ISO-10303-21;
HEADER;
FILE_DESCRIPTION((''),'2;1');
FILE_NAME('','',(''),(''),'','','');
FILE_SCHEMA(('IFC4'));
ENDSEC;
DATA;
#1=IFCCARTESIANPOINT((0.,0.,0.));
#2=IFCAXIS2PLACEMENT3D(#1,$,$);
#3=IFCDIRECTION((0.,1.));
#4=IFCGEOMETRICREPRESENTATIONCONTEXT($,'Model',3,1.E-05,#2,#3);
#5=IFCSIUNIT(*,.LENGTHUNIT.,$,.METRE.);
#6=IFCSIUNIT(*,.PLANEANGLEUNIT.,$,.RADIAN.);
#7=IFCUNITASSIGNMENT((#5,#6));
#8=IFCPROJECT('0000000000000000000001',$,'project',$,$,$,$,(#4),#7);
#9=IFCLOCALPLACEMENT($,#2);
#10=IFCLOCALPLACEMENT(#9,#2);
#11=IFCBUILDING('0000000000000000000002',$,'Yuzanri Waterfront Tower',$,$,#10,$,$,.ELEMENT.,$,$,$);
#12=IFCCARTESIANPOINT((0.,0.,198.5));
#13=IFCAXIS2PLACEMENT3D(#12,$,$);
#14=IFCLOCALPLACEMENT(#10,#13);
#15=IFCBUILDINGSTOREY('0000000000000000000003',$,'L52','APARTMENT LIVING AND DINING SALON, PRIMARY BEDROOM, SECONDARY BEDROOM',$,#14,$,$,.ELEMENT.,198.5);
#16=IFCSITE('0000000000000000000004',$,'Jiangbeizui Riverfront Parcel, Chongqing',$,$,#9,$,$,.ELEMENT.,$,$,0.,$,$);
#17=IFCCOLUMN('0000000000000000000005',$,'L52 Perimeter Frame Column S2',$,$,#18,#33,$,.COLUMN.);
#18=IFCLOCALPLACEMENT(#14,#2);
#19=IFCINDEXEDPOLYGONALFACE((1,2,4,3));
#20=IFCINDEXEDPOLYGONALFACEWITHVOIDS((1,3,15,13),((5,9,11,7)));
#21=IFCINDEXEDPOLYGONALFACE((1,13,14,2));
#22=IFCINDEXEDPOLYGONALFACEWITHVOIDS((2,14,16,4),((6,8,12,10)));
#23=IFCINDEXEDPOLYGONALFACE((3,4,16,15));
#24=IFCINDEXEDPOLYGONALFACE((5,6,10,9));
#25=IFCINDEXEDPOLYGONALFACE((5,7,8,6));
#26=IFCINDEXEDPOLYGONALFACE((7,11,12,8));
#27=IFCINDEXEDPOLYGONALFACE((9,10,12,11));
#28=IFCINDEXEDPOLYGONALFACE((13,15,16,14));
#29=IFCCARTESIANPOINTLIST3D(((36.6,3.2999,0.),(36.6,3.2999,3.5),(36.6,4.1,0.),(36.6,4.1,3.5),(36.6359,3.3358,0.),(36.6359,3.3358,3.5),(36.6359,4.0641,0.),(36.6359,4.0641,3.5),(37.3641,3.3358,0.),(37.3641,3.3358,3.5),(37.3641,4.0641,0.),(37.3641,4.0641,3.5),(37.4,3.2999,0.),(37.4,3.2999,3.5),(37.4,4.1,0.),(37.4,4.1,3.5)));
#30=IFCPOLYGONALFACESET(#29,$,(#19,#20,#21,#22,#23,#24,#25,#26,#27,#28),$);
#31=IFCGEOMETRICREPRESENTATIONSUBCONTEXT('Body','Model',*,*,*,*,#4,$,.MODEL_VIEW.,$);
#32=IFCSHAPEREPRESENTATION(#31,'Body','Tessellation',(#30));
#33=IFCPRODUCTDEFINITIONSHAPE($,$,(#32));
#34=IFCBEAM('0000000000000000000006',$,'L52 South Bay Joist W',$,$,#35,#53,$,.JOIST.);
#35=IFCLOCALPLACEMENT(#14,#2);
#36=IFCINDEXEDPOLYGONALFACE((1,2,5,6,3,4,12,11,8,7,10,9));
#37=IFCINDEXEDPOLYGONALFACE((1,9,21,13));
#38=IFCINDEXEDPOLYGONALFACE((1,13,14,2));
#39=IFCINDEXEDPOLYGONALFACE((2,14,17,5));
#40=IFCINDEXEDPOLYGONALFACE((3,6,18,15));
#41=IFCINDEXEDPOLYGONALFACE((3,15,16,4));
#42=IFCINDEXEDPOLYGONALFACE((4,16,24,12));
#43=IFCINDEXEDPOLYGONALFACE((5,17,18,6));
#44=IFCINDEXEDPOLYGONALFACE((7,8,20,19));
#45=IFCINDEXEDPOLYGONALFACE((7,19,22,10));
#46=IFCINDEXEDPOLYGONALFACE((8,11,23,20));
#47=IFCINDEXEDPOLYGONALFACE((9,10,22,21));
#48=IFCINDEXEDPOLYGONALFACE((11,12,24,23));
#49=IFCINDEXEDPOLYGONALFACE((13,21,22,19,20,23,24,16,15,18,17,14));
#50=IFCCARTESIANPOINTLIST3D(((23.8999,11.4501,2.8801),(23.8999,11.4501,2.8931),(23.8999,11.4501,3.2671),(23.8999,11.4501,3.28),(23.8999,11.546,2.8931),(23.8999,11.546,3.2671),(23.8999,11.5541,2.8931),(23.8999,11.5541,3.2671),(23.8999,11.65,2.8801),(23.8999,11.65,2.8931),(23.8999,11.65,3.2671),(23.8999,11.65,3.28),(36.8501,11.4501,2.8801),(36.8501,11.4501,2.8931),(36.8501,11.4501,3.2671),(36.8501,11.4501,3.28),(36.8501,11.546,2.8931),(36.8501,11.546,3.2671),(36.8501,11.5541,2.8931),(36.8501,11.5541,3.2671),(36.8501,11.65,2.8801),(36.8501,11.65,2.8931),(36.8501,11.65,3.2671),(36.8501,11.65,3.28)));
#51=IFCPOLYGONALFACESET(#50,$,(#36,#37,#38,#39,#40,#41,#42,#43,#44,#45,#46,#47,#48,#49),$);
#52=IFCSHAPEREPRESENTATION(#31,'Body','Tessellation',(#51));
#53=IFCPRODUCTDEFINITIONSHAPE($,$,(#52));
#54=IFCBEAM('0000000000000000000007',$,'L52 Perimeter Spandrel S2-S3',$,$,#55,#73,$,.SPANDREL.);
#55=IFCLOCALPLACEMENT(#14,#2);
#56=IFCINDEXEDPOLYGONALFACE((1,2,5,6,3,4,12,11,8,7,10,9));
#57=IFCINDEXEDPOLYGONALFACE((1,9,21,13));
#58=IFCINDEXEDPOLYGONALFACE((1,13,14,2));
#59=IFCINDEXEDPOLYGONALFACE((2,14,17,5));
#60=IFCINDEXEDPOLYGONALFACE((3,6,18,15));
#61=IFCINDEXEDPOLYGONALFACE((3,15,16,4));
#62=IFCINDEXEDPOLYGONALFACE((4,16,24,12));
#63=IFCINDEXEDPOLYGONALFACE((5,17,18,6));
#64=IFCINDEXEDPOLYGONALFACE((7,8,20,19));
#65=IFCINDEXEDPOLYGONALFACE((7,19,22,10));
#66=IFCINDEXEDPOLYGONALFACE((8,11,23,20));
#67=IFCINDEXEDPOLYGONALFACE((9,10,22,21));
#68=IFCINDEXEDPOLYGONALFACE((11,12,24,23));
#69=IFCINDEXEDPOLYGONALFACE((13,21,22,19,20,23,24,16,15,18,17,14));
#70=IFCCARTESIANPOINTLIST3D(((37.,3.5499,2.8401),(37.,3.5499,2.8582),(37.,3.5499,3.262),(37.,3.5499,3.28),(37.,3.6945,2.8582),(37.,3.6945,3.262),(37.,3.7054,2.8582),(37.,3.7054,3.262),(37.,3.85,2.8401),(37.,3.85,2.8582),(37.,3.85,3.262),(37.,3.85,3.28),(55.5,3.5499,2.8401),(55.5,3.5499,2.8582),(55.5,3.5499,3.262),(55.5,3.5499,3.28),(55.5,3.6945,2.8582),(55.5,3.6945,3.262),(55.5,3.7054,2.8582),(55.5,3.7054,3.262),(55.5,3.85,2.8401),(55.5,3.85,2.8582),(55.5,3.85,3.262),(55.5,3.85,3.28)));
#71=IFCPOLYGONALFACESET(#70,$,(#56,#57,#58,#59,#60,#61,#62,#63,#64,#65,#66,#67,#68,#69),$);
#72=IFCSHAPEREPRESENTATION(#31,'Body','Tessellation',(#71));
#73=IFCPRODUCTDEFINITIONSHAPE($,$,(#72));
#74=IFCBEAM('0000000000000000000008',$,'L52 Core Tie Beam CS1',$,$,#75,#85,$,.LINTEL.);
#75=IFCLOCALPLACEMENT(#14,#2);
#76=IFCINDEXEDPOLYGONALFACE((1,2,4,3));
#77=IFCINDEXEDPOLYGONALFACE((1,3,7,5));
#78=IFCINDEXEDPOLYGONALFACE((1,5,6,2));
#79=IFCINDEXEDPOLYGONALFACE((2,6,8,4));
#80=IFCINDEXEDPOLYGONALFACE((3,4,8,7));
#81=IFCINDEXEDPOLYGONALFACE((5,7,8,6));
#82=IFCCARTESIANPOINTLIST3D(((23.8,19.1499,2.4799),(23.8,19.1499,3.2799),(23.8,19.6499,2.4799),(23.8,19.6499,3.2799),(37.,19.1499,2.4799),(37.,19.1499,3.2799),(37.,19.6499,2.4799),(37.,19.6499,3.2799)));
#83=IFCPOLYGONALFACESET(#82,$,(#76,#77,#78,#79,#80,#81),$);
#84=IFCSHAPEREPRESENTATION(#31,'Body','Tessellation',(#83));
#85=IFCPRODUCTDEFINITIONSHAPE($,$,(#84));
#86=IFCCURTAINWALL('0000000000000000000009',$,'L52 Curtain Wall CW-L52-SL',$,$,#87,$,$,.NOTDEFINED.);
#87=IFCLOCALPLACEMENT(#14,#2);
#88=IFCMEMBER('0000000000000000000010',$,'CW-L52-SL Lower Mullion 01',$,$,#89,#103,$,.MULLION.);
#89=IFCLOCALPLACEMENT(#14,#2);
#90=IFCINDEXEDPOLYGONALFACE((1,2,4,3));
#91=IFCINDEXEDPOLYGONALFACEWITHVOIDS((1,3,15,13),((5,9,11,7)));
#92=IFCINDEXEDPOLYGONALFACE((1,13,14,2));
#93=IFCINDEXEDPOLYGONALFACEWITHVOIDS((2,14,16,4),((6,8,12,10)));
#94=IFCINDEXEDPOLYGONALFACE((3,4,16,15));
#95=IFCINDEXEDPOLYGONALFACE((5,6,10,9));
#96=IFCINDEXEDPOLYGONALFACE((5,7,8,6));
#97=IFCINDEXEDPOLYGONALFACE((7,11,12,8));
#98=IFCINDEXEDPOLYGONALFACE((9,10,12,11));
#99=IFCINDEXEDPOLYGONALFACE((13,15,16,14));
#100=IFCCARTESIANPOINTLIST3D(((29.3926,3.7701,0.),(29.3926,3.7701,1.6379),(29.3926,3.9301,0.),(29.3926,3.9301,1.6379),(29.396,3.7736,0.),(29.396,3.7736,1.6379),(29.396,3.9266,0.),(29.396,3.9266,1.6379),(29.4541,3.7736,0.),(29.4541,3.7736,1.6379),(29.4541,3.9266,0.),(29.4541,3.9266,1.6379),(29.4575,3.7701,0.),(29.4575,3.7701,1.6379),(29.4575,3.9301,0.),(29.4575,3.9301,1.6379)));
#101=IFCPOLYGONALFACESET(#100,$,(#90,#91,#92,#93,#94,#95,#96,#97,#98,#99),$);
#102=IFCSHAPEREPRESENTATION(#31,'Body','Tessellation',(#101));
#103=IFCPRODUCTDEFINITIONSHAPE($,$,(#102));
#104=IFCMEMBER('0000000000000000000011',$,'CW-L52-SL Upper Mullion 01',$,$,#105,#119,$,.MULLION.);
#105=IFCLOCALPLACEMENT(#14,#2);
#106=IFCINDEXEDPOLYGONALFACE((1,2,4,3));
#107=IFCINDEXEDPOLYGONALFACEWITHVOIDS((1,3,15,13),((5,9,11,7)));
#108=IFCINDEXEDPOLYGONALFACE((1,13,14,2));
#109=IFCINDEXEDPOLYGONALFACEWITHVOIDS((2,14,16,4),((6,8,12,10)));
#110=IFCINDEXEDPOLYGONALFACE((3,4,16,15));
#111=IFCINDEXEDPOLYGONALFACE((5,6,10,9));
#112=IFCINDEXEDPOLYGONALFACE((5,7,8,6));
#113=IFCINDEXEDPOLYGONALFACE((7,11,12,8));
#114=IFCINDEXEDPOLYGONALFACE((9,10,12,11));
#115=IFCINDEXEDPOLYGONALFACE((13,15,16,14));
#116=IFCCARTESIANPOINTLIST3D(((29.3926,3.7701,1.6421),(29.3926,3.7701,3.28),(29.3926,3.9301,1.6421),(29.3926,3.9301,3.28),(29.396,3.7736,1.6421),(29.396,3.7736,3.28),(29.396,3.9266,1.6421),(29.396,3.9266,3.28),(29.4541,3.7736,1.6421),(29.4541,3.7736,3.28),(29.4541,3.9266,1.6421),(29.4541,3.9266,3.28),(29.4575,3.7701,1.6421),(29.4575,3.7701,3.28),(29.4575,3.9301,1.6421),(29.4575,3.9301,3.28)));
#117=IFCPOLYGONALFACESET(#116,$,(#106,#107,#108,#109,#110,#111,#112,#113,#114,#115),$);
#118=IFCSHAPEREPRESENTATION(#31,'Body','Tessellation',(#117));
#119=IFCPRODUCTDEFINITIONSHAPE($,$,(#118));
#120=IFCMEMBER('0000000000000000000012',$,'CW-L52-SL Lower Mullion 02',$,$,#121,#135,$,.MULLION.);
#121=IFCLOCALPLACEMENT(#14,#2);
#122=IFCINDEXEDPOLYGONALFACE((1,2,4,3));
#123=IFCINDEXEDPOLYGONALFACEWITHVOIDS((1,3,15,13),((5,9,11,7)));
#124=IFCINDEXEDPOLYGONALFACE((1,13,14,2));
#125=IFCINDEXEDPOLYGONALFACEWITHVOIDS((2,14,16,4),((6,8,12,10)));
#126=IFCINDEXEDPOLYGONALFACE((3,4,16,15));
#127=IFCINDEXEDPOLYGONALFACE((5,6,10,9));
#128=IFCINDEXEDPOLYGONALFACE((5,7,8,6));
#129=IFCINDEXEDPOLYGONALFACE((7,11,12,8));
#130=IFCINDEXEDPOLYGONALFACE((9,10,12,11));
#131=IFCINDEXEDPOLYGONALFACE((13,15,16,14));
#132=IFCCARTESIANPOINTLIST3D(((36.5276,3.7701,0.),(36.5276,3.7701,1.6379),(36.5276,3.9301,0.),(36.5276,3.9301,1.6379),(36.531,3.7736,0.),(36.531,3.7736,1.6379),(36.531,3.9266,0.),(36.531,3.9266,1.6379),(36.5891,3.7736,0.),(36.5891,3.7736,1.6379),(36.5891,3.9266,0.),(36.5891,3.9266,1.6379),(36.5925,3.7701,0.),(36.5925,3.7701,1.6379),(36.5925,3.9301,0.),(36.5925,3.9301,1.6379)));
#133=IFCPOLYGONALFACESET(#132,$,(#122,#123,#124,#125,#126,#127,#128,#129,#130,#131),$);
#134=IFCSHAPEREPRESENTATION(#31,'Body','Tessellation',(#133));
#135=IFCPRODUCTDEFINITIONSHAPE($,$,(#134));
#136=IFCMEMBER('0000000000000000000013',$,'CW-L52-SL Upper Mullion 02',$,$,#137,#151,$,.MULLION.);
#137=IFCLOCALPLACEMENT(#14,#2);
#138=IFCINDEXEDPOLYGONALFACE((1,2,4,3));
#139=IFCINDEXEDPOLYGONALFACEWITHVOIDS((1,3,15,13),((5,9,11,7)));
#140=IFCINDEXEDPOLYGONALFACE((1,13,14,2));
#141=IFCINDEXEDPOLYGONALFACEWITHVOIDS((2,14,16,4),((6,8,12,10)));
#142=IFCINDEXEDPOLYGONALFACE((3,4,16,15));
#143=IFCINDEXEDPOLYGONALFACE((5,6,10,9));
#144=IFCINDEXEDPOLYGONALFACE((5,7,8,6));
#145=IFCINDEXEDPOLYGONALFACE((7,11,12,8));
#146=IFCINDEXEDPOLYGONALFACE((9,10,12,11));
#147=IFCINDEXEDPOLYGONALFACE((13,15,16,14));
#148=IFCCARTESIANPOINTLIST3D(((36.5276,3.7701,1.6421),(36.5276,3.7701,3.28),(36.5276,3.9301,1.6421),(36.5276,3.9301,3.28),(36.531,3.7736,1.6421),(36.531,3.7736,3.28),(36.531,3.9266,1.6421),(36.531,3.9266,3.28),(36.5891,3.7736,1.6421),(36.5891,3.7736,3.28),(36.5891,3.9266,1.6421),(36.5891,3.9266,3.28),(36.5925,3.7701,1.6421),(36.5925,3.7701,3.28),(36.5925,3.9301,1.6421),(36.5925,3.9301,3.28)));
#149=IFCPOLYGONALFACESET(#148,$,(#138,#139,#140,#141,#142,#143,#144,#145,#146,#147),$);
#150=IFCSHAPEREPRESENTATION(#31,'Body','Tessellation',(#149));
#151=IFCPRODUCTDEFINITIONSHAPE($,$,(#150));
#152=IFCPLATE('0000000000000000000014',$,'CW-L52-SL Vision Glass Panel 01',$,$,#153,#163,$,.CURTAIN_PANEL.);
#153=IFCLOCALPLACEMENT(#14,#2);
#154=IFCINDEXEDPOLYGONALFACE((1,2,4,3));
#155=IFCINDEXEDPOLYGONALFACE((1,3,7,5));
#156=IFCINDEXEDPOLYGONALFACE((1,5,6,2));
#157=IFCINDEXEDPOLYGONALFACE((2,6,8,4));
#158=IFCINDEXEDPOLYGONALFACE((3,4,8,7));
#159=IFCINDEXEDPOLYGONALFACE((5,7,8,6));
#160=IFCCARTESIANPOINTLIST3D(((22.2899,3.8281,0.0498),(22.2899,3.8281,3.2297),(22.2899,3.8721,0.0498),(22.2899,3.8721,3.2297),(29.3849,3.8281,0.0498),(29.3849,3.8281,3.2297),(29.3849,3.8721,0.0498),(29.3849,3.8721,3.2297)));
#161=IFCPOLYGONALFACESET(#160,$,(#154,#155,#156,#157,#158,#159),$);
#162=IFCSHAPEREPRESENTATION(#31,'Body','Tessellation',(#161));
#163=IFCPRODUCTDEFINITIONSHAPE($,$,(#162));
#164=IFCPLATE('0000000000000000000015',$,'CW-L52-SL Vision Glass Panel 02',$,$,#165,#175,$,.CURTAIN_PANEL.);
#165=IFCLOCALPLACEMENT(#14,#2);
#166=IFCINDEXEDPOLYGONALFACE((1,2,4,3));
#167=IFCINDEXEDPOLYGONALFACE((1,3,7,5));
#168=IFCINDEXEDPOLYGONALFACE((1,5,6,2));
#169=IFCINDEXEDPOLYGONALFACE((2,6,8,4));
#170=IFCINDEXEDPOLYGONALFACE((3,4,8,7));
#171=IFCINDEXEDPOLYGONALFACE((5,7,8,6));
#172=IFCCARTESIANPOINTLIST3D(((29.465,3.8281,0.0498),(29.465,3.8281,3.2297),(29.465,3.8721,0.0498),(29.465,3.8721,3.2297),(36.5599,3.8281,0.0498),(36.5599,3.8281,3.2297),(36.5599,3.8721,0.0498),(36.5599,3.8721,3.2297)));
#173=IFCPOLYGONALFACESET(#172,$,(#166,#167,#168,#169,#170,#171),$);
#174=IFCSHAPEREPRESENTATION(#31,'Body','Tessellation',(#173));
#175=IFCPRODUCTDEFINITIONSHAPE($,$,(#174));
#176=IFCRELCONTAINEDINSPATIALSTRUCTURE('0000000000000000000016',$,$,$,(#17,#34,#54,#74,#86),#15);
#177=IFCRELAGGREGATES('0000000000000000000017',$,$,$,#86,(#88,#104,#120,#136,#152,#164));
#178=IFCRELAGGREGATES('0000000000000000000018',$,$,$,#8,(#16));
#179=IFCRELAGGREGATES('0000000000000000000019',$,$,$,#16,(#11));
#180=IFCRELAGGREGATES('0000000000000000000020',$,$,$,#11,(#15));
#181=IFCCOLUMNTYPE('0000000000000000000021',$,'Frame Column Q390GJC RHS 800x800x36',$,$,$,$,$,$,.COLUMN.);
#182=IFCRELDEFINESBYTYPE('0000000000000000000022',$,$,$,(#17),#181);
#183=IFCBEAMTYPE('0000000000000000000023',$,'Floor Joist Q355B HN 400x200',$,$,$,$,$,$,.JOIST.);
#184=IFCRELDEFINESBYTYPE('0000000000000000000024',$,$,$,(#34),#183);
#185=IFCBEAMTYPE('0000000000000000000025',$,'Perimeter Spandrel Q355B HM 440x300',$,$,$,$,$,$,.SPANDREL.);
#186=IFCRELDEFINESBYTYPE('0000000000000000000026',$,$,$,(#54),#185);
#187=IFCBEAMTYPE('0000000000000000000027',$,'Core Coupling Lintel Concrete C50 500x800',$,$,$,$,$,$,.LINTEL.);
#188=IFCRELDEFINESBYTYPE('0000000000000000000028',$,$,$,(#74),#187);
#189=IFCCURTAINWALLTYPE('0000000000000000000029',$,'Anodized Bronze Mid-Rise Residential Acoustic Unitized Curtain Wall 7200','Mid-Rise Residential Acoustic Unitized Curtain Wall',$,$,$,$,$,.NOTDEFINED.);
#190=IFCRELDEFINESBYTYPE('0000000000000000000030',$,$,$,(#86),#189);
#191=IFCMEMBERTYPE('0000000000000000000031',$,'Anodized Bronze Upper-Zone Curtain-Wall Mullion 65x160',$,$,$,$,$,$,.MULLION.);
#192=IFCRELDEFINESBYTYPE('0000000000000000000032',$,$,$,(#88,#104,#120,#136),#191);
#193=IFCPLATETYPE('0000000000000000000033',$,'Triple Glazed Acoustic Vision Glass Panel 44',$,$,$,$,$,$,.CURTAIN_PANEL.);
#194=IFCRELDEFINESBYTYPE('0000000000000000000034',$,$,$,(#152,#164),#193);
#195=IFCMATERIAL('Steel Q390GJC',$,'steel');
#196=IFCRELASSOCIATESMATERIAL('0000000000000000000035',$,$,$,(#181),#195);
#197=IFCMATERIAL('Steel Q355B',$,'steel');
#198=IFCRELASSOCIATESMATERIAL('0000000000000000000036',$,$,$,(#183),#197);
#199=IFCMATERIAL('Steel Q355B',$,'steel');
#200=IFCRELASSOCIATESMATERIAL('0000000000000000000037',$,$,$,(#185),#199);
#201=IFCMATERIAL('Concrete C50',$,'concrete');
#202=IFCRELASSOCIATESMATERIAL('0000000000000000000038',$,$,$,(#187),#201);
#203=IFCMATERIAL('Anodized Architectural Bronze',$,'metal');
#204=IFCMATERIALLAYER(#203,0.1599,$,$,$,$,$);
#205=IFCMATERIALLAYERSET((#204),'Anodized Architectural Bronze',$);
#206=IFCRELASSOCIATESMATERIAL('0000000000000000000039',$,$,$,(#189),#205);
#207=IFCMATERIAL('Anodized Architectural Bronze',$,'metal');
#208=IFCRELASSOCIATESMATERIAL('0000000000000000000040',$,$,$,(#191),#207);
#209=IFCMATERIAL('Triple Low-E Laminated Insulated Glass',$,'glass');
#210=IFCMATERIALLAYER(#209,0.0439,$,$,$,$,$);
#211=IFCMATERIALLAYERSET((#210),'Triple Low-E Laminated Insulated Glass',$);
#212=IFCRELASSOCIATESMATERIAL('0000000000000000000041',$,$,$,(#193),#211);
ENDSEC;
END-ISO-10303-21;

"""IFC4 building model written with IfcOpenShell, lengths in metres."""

from ifc_helpers import new_model, si_unit, direction, frame, origin, origin_2d, place, context, subcontext, project, spatial, rectangle, hollow_rectangle, i_section, extrude, source, transform, mapped, material, layer, layer_set, material_profile, profile_set, type_object, element, aggregate, save


model = new_model("IFC4")

# Units and contexts
model_context = context("Model", 3, precision=1e-05, world=origin(), true_north=direction((0.0, 1.0)))
body_context = subcontext(model_context, "Body", "Model", "MODEL_VIEW")
ifc_project = project(units=[si_unit("LENGTHUNIT", "METRE"), si_unit("PLANEANGLEUNIT", "RADIAN")], contexts=[model_context])

# Site, building, storey
site_placement = place(None, origin())
site = spatial("IfcSite", under=ifc_project, at=site_placement, Name="Jiangbeizui Riverfront Parcel, Chongqing", CompositionType="ELEMENT", RefElevation=0.0)
building_placement = place(site_placement, origin())
building = spatial("IfcBuilding", under=site, at=building_placement, Name="Yuzanri Waterfront Tower", CompositionType="ELEMENT")
storey_placement = place(building_placement, frame((0.0, 0.0, 198.5)))
storey = spatial("IfcBuildingStorey", under=building, at=storey_placement, Name="L52", Description="APARTMENT LIVING AND DINING SALON, PRIMARY BEDROOM, SECONDARY BEDROOM", CompositionType="ELEMENT", Elevation=198.5)

# Column
ifc_material_1 = material(Name="Steel Q390GJC", Category="steel")
ifc_material_profile_1 = material_profile(ifc_material_1, hollow_rectangle(XDim=0.8, YDim=0.8, WallThickness=0.0359, at=origin_2d()), Name="RHS 800x800x36")
ifc_profile_set_1 = profile_set([ifc_material_profile_1], Name="Steel Q390GJC")
column_type = type_object("IfcColumnType", Name="Frame Column Q390GJC RHS 800x800x36", PredefinedType="COLUMN", material=ifc_profile_set_1)
shared_shape_1 = source(origin(), body_context, "Body", "SweptSolid", [
    extrude(hollow_rectangle(XDim=0.8, YDim=0.8, WallThickness=0.0359, at=origin_2d()), origin(), (0.0, 0.0, 1.0), 3.5),
])
column_placement = place(storey_placement, frame((37.0, 3.7, 0.0), z_axis=(0.0, 0.0, 1.0), x_axis=(1.0, 0.0, 0.0)))
element("IfcColumn", 1, at=column_placement, inside=storey, type_object=column_type, Name="L52 Perimeter Frame Column S2", PredefinedType="COLUMN", context=body_context, shape_type="MappedRepresentation", body=[
    mapped(shared_shape_1, transform((0.0, 0.0, 0.0), scale=1.0)),
])

# Beams
ifc_material_2 = material(Name="Steel Q355B", Category="steel")
ifc_material_profile_2 = material_profile(ifc_material_2, i_section(OverallWidth=0.2, OverallDepth=0.3999, WebThickness=0.0081, FlangeThickness=0.0129, at=origin_2d()), Name="HN 400x200x8x13")
ifc_profile_set_2 = profile_set([ifc_material_profile_2], Name="Steel Q355B")
beam_type_1 = type_object("IfcBeamType", Name="Floor Joist Q355B HN 400x200", PredefinedType="JOIST", material=ifc_profile_set_2)
shared_shape_2 = source(origin(), body_context, "Body", "SweptSolid", [
    extrude(i_section(OverallWidth=0.2, OverallDepth=0.3999, WebThickness=0.0081, FlangeThickness=0.0129, at=origin_2d()), origin(), (0.0, 0.0, 1.0), 12.9502),
])
beam_1_placement = place(storey_placement, frame((23.8999, 11.55, 3.0801), z_axis=(1.0, 0.0, 0.0), x_axis=(0.0, 1.0, 0.0)))
element("IfcBeam", 2, at=beam_1_placement, inside=storey, type_object=beam_type_1, Name="L52 South Bay Joist W", PredefinedType="JOIST", context=body_context, shape_type="MappedRepresentation", body=[
    mapped(shared_shape_2, transform((0.0, 0.0, 0.0), scale=1.0)),
])
ifc_material_3 = material(Name="Steel Q355B", Category="steel")
ifc_material_profile_3 = material_profile(ifc_material_3, i_section(OverallWidth=0.3, OverallDepth=0.4399, WebThickness=0.011, FlangeThickness=0.0181, at=origin_2d()), Name="HM 440x300x11x18")
ifc_profile_set_3 = profile_set([ifc_material_profile_3], Name="Steel Q355B")
beam_type_2 = type_object("IfcBeamType", Name="Perimeter Spandrel Q355B HM 440x300", PredefinedType="SPANDREL", material=ifc_profile_set_3)
shared_shape_3 = source(origin(), body_context, "Body", "SweptSolid", [
    extrude(i_section(OverallWidth=0.3, OverallDepth=0.4399, WebThickness=0.011, FlangeThickness=0.0181, at=origin_2d()), origin(), (0.0, 0.0, 1.0), 18.5),
])
beam_2_placement = place(storey_placement, frame((37.0, 3.7, 3.0601), z_axis=(1.0, 0.0, 0.0), x_axis=(0.0, 1.0, 0.0)))
element("IfcBeam", 3, at=beam_2_placement, inside=storey, type_object=beam_type_2, Name="L52 Perimeter Spandrel S2-S3", PredefinedType="SPANDREL", context=body_context, shape_type="MappedRepresentation", body=[
    mapped(shared_shape_3, transform((0.0, 0.0, 0.0), scale=1.0)),
])
ifc_material_4 = material(Name="Concrete C50", Category="concrete")
ifc_material_profile_4 = material_profile(ifc_material_4, rectangle(XDim=0.5, YDim=0.8, at=origin_2d()), Name="RC 500x800")
ifc_profile_set_4 = profile_set([ifc_material_profile_4], Name="Concrete C50")
beam_type_3 = type_object("IfcBeamType", Name="Core Coupling Lintel Concrete C50 500x800", PredefinedType="LINTEL", material=ifc_profile_set_4)
shared_shape_4 = source(origin(), body_context, "Body", "SweptSolid", [
    extrude(rectangle(XDim=0.5, YDim=0.8, at=origin_2d()), origin(), (0.0, 0.0, 1.0), 13.2),
])
beam_3_placement = place(storey_placement, frame((23.8, 19.3999, 2.8799), z_axis=(1.0, 0.0, 0.0), x_axis=(0.0, 1.0, 0.0)))
element("IfcBeam", 4, at=beam_3_placement, inside=storey, type_object=beam_type_3, Name="L52 Core Tie Beam CS1", PredefinedType="LINTEL", context=body_context, shape_type="MappedRepresentation", body=[
    mapped(shared_shape_4, transform((0.0, 0.0, 0.0), scale=1.0)),
])

# Curtain wall, members, plates
ifc_material_5 = material(Name="Anodized Architectural Bronze", Category="metal")
ifc_layer_1 = layer(ifc_material_5, 0.1599)
ifc_layer_set_1 = layer_set([ifc_layer_1], Name="Anodized Architectural Bronze")
curtain_wall_type = type_object("IfcCurtainWallType", Name="Anodized Bronze Mid-Rise Residential Acoustic Unitized Curtain Wall 7200", Description="Mid-Rise Residential Acoustic Unitized Curtain Wall", PredefinedType="NOTDEFINED", material=ifc_layer_set_1)
curtain_wall_placement = place(storey_placement, origin())
curtain_wall = element("IfcCurtainWall", 5, at=curtain_wall_placement, inside=storey, type_object=curtain_wall_type, Name="L52 Curtain Wall CW-L52-SL", PredefinedType="NOTDEFINED")
ifc_material_6 = material(Name="Anodized Architectural Bronze", Category="metal")
ifc_material_profile_5 = material_profile(ifc_material_6, hollow_rectangle(XDim=0.0649, YDim=0.1599, WallThickness=0.0034, at=origin_2d()), Name="CWM 65x160")
ifc_profile_set_5 = profile_set([ifc_material_profile_5], Name="Anodized Architectural Bronze")
member_type = type_object("IfcMemberType", Name="Anodized Bronze Upper-Zone Curtain-Wall Mullion 65x160", PredefinedType="MULLION", material=ifc_profile_set_5)
shared_shape_5 = source(origin(), body_context, "Body", "SweptSolid", [
    extrude(hollow_rectangle(XDim=0.0649, YDim=0.1599, WallThickness=0.0034, at=origin_2d()), origin(), (0.0, 0.0, 1.0), 1.6379),
])
member_1_placement = place(storey_placement, frame((29.425, 3.8501, 0.0), z_axis=(0.0, 0.0, 1.0), x_axis=(1.0, 0.0, 0.0)))
member_1 = element("IfcMember", 6, at=member_1_placement, type_object=member_type, Name="CW-L52-SL Lower Mullion 01", PredefinedType="MULLION", context=body_context, shape_type="MappedRepresentation", body=[
    mapped(shared_shape_5, transform((0.0, 0.0, 0.0), scale=1.0)),
])
member_2_placement = place(storey_placement, frame((29.425, 3.8501, 1.6421), z_axis=(0.0, 0.0, 1.0), x_axis=(1.0, 0.0, 0.0)))
member_2 = element("IfcMember", 7, at=member_2_placement, type_object=member_type, Name="CW-L52-SL Upper Mullion 01", PredefinedType="MULLION", context=body_context, shape_type="MappedRepresentation", body=[
    mapped(shared_shape_5, transform((0.0, 0.0, 0.0), scale=1.0)),
])
member_3_placement = place(storey_placement, frame((36.5601, 3.8501, 0.0), z_axis=(0.0, 0.0, 1.0), x_axis=(1.0, 0.0, 0.0)))
member_3 = element("IfcMember", 8, at=member_3_placement, type_object=member_type, Name="CW-L52-SL Lower Mullion 02", PredefinedType="MULLION", context=body_context, shape_type="MappedRepresentation", body=[
    mapped(shared_shape_5, transform((0.0, 0.0, 0.0), scale=1.0)),
])
member_4_placement = place(storey_placement, frame((36.5601, 3.8501, 1.6421), z_axis=(0.0, 0.0, 1.0), x_axis=(1.0, 0.0, 0.0)))
member_4 = element("IfcMember", 9, at=member_4_placement, type_object=member_type, Name="CW-L52-SL Upper Mullion 02", PredefinedType="MULLION", context=body_context, shape_type="MappedRepresentation", body=[
    mapped(shared_shape_5, transform((0.0, 0.0, 0.0), scale=1.0)),
])
ifc_material_7 = material(Name="Triple Low-E Laminated Insulated Glass", Category="glass")
ifc_layer_2 = layer(ifc_material_7, 0.0439)
ifc_layer_set_2 = layer_set([ifc_layer_2], Name="Triple Low-E Laminated Insulated Glass")
plate_type = type_object("IfcPlateType", Name="Triple Glazed Acoustic Vision Glass Panel 44", PredefinedType="CURTAIN_PANEL", material=ifc_layer_set_2)
shared_shape_6 = source(origin(), body_context, "Body", "SweptSolid", [
    extrude(rectangle(XDim=7.095, YDim=0.0439, at=origin_2d()), origin(), (0.0, 0.0, 1.0), 3.1799),
])
plate_1_placement = place(storey_placement, frame((25.8374, 3.8501, 0.0498), z_axis=(0.0, 0.0, 1.0), x_axis=(1.0, 0.0, 0.0)))
plate_1 = element("IfcPlate", 10, at=plate_1_placement, type_object=plate_type, Name="CW-L52-SL Vision Glass Panel 01", PredefinedType="CURTAIN_PANEL", context=body_context, shape_type="MappedRepresentation", body=[
    mapped(shared_shape_6, transform((0.0, 0.0, 0.0), scale=1.0)),
])
plate_2_placement = place(storey_placement, frame((33.0125, 3.8501, 0.0498), z_axis=(0.0, 0.0, 1.0), x_axis=(1.0, 0.0, 0.0)))
plate_2 = element("IfcPlate", 11, at=plate_2_placement, type_object=plate_type, Name="CW-L52-SL Vision Glass Panel 02", PredefinedType="CURTAIN_PANEL", context=body_context, shape_type="MappedRepresentation", body=[
    mapped(shared_shape_6, transform((0.0, 0.0, 0.0), scale=1.0)),
])
aggregate(curtain_wall, [member_1, member_2, member_3, member_4, plate_1, plate_2])

save(model, "model.ifc")
